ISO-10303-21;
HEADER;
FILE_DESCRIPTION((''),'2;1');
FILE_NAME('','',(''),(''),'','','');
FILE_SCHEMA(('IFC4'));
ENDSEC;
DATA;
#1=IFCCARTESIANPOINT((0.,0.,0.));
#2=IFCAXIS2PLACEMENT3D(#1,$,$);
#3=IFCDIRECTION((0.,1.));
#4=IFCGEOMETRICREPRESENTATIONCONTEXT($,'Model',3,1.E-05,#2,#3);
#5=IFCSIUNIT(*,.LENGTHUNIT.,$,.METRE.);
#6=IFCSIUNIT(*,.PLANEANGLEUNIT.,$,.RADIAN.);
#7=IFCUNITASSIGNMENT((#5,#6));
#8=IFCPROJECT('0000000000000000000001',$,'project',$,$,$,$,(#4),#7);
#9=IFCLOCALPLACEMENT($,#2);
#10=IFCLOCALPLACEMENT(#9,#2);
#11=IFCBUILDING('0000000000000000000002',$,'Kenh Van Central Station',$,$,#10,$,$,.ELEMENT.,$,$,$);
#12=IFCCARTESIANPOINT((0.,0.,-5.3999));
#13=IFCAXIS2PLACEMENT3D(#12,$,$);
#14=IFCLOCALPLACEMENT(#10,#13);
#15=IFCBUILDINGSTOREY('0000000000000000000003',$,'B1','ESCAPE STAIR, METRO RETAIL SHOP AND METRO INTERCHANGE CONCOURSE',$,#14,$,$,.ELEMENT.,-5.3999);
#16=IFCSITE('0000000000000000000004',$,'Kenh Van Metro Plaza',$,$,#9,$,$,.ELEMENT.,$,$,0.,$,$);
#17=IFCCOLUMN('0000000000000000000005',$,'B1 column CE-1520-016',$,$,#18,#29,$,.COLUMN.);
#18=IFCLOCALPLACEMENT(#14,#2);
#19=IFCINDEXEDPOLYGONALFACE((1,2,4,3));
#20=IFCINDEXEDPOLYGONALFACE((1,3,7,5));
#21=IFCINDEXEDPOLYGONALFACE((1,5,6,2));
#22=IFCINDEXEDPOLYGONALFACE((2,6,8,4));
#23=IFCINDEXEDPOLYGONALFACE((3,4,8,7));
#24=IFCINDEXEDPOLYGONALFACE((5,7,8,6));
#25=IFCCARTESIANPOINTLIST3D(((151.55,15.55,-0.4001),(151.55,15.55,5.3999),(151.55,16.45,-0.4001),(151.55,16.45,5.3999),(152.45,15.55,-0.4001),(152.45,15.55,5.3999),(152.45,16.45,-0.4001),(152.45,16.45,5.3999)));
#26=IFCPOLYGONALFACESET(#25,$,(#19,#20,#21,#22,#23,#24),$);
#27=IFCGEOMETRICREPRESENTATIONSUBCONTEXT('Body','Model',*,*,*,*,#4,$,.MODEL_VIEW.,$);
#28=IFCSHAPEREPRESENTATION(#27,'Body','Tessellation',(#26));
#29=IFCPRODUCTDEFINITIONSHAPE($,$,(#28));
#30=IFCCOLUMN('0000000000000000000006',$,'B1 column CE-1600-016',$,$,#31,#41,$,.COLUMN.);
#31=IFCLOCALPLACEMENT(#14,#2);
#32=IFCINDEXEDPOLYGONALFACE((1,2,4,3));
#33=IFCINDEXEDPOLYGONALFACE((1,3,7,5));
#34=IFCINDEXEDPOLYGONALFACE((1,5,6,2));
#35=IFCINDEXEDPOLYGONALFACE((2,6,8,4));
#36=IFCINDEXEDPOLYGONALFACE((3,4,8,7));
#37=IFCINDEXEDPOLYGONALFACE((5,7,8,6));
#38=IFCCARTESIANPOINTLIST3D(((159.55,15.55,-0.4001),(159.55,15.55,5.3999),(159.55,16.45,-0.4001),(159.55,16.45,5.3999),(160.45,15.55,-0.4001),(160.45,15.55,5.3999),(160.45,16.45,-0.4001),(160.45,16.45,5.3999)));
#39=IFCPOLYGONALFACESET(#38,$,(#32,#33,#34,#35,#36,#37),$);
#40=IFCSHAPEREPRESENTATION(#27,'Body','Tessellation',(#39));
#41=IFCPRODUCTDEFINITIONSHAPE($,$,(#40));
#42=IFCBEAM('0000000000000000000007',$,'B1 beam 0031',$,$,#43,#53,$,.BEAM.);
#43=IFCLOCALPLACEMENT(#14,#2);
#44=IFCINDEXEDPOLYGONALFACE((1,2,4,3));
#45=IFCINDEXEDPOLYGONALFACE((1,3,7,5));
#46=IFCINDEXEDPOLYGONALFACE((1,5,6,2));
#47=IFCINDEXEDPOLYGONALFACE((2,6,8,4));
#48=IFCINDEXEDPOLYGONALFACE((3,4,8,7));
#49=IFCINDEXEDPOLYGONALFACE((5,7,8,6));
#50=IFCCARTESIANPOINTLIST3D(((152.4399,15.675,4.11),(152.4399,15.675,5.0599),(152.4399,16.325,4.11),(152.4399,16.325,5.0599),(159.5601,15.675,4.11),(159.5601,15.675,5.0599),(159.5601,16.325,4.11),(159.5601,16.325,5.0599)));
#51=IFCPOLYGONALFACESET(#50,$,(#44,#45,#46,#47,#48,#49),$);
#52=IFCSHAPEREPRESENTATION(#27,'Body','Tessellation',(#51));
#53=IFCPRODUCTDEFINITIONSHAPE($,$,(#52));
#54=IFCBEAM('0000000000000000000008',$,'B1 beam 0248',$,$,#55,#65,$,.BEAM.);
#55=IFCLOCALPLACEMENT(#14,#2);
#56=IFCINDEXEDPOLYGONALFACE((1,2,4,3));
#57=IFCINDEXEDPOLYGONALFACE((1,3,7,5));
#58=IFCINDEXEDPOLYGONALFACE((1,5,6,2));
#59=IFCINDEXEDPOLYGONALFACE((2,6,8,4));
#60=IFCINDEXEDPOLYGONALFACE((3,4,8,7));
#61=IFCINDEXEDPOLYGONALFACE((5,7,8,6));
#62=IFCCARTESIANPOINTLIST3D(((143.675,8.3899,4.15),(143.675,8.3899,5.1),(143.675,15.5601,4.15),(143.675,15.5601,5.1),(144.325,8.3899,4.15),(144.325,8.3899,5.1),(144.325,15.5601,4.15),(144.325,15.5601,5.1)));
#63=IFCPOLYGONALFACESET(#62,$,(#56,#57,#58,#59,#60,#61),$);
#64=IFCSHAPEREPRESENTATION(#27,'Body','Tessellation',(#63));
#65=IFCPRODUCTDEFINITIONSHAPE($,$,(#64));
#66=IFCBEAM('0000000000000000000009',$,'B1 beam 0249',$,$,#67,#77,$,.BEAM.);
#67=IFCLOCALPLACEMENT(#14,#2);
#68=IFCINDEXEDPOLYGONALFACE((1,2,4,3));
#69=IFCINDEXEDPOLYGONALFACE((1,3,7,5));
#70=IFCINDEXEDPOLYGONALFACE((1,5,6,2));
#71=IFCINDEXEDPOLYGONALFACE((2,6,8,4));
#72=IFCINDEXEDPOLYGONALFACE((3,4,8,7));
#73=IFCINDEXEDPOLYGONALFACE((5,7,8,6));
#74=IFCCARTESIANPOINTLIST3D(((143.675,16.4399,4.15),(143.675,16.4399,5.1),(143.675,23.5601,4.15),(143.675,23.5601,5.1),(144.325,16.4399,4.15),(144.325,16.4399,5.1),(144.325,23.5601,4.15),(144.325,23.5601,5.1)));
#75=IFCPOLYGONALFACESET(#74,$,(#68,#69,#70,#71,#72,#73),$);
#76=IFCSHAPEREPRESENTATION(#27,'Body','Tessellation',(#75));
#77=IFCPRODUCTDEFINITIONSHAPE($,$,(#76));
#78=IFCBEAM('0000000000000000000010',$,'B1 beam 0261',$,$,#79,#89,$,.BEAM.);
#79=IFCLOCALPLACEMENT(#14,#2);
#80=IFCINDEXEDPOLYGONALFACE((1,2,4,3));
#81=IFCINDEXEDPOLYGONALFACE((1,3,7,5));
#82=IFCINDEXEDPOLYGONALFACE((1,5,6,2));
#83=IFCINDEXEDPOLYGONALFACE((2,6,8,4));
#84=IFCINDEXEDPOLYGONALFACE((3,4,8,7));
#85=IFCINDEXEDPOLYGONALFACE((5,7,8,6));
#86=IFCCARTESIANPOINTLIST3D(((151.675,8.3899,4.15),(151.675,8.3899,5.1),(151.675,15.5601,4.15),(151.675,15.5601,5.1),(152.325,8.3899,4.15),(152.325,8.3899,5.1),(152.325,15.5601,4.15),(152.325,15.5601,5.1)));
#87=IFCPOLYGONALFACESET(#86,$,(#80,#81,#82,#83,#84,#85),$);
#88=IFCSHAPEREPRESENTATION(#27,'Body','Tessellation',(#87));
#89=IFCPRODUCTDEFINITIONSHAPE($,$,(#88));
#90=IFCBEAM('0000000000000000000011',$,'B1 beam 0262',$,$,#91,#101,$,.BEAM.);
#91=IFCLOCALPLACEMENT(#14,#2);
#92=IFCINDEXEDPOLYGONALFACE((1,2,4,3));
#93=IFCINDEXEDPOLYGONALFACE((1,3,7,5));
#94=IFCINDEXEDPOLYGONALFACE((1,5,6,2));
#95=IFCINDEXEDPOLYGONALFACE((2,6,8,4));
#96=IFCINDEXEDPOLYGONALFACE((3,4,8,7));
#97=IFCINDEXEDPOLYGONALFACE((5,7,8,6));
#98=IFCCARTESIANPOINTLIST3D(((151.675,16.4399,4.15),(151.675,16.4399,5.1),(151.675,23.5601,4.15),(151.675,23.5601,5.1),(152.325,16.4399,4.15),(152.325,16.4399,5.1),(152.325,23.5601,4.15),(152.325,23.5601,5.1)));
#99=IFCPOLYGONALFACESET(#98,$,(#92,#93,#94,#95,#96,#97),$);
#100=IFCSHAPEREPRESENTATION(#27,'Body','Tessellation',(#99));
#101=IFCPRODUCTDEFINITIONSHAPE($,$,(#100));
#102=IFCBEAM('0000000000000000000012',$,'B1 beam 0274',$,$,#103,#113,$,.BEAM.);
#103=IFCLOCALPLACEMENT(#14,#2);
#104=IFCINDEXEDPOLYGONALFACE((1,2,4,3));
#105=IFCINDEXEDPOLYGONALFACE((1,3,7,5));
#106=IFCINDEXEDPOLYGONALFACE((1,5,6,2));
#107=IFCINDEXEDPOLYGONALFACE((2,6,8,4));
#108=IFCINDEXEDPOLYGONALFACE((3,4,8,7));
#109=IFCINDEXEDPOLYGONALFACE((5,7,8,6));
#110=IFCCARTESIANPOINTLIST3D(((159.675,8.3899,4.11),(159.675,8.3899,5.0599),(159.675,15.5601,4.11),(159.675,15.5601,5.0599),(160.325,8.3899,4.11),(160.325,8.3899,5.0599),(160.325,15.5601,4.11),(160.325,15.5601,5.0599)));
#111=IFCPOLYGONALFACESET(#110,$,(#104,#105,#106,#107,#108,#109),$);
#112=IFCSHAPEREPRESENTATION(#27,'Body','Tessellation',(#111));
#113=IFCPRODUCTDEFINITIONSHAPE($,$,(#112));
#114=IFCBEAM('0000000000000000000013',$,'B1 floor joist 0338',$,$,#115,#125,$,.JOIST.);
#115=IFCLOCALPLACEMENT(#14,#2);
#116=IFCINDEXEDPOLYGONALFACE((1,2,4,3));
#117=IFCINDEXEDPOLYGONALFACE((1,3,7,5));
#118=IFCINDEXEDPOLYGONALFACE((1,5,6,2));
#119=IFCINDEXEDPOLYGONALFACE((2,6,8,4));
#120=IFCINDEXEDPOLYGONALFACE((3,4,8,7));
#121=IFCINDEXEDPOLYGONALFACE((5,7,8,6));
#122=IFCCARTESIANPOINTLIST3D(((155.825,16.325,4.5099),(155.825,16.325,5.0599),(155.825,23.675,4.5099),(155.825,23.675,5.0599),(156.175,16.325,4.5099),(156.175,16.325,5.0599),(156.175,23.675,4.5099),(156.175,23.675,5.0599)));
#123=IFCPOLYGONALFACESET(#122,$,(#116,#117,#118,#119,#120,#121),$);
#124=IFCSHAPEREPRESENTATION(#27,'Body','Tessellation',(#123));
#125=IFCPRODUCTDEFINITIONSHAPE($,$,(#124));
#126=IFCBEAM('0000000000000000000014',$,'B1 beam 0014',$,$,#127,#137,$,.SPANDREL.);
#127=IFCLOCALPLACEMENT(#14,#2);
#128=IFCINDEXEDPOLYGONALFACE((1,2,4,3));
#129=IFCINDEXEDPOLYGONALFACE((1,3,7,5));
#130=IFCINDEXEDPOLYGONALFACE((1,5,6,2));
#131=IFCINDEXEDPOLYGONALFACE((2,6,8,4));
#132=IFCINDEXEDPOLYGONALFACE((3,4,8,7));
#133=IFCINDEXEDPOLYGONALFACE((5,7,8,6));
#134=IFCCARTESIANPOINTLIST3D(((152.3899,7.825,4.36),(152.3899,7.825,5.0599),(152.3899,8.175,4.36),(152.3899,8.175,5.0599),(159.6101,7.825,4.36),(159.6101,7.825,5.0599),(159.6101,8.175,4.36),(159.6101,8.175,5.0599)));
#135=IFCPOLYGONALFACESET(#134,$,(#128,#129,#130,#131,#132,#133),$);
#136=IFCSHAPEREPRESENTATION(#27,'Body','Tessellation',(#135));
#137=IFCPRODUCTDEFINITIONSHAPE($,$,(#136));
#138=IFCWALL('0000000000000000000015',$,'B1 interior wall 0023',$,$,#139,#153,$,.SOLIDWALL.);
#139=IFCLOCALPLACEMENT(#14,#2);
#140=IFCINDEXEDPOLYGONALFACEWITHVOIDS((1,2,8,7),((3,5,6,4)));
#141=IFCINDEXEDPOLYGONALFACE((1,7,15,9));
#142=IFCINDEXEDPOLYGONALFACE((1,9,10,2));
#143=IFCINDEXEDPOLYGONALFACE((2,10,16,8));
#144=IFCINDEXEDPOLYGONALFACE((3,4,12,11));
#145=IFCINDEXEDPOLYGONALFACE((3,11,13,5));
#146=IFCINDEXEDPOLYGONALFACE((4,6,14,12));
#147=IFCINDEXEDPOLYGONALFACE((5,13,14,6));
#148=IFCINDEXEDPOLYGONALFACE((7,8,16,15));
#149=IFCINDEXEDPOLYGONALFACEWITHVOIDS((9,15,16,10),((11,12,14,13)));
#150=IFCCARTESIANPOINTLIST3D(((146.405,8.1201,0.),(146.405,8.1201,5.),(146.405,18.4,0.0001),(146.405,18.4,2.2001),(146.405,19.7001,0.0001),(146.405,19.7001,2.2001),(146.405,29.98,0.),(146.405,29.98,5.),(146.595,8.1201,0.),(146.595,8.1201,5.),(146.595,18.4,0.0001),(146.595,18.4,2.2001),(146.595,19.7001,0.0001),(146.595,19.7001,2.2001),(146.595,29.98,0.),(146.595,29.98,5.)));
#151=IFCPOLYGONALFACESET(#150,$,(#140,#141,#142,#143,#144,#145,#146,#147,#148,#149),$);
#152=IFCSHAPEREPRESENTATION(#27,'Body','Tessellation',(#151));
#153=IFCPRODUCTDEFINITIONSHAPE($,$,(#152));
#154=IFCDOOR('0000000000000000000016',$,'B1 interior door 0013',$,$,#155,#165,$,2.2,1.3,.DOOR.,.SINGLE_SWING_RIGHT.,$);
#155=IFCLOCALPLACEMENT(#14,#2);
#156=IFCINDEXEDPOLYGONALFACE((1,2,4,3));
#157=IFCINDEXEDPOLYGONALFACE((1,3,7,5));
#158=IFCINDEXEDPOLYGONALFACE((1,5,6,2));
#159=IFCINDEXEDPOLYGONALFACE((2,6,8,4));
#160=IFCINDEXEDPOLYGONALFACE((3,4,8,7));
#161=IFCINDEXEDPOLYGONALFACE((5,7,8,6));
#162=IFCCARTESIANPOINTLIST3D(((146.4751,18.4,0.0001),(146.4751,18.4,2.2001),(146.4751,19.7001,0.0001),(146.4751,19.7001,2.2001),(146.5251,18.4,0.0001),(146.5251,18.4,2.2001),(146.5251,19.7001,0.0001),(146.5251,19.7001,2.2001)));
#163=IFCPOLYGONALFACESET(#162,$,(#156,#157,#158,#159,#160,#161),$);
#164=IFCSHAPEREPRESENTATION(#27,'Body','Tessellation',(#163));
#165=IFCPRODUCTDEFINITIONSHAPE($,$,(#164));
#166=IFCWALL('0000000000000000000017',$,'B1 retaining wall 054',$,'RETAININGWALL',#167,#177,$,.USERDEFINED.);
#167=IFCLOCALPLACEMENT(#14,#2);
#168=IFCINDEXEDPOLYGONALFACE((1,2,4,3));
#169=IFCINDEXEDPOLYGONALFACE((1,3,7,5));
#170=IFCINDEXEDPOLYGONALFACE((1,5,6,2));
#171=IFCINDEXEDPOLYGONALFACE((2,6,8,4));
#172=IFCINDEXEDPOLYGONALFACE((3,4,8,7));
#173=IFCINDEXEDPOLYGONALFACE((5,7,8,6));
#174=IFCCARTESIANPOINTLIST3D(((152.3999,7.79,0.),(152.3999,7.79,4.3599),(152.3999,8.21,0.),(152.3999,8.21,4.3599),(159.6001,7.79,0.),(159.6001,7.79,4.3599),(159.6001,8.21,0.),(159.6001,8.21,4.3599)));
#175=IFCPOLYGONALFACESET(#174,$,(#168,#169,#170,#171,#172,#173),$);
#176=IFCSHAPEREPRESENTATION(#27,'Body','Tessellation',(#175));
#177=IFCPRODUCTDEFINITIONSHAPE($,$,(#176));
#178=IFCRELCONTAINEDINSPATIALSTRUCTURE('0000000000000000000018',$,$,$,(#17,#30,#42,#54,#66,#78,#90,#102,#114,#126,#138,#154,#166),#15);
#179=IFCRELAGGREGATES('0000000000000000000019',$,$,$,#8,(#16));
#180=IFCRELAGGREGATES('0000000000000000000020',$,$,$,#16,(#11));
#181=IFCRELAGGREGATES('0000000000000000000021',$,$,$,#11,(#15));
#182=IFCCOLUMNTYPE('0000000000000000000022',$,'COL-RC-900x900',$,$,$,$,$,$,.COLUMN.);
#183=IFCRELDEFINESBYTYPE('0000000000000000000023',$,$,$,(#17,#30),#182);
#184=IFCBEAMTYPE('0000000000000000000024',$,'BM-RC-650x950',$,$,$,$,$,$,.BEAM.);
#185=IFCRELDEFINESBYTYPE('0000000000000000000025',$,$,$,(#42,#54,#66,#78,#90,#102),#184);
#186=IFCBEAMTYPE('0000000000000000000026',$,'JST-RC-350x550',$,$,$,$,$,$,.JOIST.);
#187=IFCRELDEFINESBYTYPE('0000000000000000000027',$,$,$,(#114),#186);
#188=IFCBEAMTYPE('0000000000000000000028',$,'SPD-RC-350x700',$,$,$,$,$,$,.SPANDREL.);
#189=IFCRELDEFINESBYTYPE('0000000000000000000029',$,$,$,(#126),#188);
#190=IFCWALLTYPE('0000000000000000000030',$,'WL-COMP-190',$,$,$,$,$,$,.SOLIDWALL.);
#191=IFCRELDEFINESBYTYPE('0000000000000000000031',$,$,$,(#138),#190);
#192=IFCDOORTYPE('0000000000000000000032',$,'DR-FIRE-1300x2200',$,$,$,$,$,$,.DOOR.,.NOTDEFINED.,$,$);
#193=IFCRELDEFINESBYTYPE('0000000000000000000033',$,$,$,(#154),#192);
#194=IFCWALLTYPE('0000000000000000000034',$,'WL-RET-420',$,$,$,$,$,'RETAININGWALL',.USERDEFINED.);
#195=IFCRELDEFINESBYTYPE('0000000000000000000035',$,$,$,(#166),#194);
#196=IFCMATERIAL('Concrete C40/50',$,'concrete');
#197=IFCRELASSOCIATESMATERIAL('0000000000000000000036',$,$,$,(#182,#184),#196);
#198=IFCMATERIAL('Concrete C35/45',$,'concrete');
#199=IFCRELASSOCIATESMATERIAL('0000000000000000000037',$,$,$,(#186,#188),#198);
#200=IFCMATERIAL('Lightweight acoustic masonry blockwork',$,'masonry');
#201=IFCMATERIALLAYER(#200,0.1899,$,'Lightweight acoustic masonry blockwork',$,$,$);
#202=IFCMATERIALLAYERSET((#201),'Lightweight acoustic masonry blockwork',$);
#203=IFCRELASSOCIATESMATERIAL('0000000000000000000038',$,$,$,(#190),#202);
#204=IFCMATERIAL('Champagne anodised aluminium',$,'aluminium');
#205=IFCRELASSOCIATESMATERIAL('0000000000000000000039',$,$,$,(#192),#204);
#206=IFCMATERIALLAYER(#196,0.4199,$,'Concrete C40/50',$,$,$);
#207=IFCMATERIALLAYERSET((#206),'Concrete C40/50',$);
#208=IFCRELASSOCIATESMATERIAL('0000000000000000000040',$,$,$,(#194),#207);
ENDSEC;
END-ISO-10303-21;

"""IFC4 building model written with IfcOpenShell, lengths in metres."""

from ifc_helpers import new_model, si_unit, direction, frame, frame_2d, origin, origin_2d, place, context, subcontext, project, spatial, rectangle, extrude, material, layer, layer_set, material_profile, profile_set, type_object, element, fill, save


model = new_model("IFC4")

# Units and contexts
model_context = context("Model", 3, precision=1e-05, world=origin(), true_north=direction((0.0, 1.0)))
body_context = subcontext(model_context, "Body", "Model", "MODEL_VIEW")
ifc_project = project(units=[si_unit("LENGTHUNIT", "METRE"), si_unit("PLANEANGLEUNIT", "RADIAN")], contexts=[model_context])

# Site, building, storey
site_placement = place(None, origin())
site = spatial("IfcSite", under=ifc_project, at=site_placement, Name="Kenh Van Metro Plaza", CompositionType="ELEMENT", RefElevation=0.0)
building_placement = place(site_placement, origin())
building = spatial("IfcBuilding", under=site, at=building_placement, Name="Kenh Van Central Station", CompositionType="ELEMENT")
storey_placement = place(building_placement, frame((0.0, 0.0, -5.3999)))
storey = spatial("IfcBuildingStorey", under=building, at=storey_placement, Name="B1", Description="ESCAPE STAIR, METRO RETAIL SHOP AND METRO INTERCHANGE CONCOURSE", CompositionType="ELEMENT", Elevation=-5.3999)

# Shared definitions
ifc_material_1 = material(Name="Concrete C40/50", Category="concrete")

# Columns
ifc_material_profile_1 = material_profile(ifc_material_1, rectangle(XDim=0.8999, YDim=0.8999, at=origin_2d()), Name="RC 900x900")
ifc_profile_set_1 = profile_set([ifc_material_profile_1], Name="Concrete C40/50")
column_type_1 = type_object("IfcColumnType", Name="COL-RC-900x900", PredefinedType="COLUMN", material=ifc_profile_set_1)
for number, where, z_axis, x_axis, name in (
    (1, (152.0, 16.0, -0.4001), (0.0, 0.0, 1.0), (1.0, 0.0, 0.0), "B1 column CE-1520-016"),
    (2, (160.0, 16.0, -0.4001), (0.0, 0.0, 1.0), (1.0, 0.0, 0.0), "B1 column CE-1600-016"),
):
    element("IfcColumn", number, at=place(storey_placement, frame(where, z_axis=z_axis, x_axis=x_axis)), inside=storey, type_object=column_type_1, Name=name, PredefinedType="COLUMN", context=body_context, shape_type="SweptSolid", body=[
        extrude(rectangle(XDim=0.8999, YDim=0.8999, at=origin_2d()), origin(), (0.0, 0.0, 1.0), 5.8),
    ])

# Beams
ifc_material_profile_2 = material_profile(ifc_material_1, rectangle(XDim=0.6499, YDim=0.95, at=origin_2d()), Name="RC 650x950")
ifc_profile_set_2 = profile_set([ifc_material_profile_2], Name="Concrete C40/50")
beam_type_1 = type_object("IfcBeamType", Name="BM-RC-650x950", PredefinedType="BEAM", material=ifc_profile_set_2)
beam_1_placement = place(storey_placement, frame((152.4399, 16.0, 4.585), z_axis=(1.0, 0.0, 0.0), x_axis=(0.0, 1.0, 0.0)))
element("IfcBeam", 3, at=beam_1_placement, inside=storey, type_object=beam_type_1, Name="B1 beam 0031", PredefinedType="BEAM", context=body_context, shape_type="SweptSolid", body=[
    extrude(rectangle(XDim=0.6499, YDim=0.95, at=origin_2d()), origin(), (0.0, 0.0, 1.0), 7.1201),
])
beam_2_placement = place(storey_placement, frame((144.0, 8.3899, 4.625), z_axis=(0.0, 1.0, 0.0), x_axis=(-1.0, 0.0, 0.0)))
element("IfcBeam", 4, at=beam_2_placement, inside=storey, type_object=beam_type_1, Name="B1 beam 0248", PredefinedType="BEAM", context=body_context, shape_type="SweptSolid", body=[
    extrude(rectangle(XDim=0.6499, YDim=0.95, at=origin_2d()), origin(), (0.0, 0.0, 1.0), 7.1702),
])
beam_3_placement = place(storey_placement, frame((144.0, 16.4399, 4.625), z_axis=(0.0, 1.0, 0.0), x_axis=(-1.0, 0.0, 0.0)))
element("IfcBeam", 5, at=beam_3_placement, inside=storey, type_object=beam_type_1, Name="B1 beam 0249", PredefinedType="BEAM", context=body_context, shape_type="SweptSolid", body=[
    extrude(rectangle(XDim=0.6499, YDim=0.95, at=origin_2d()), origin(), (0.0, 0.0, 1.0), 7.1201),
])
beam_4_placement = place(storey_placement, frame((152.0, 8.3899, 4.625), z_axis=(0.0, 1.0, 0.0), x_axis=(-1.0, 0.0, 0.0)))
element("IfcBeam", 6, at=beam_4_placement, inside=storey, type_object=beam_type_1, Name="B1 beam 0261", PredefinedType="BEAM", context=body_context, shape_type="SweptSolid", body=[
    extrude(rectangle(XDim=0.6499, YDim=0.95, at=origin_2d()), origin(), (0.0, 0.0, 1.0), 7.1702),
])
beam_5_placement = place(storey_placement, frame((152.0, 16.4399, 4.625), z_axis=(0.0, 1.0, 0.0), x_axis=(-1.0, 0.0, 0.0)))
element("IfcBeam", 7, at=beam_5_placement, inside=storey, type_object=beam_type_1, Name="B1 beam 0262", PredefinedType="BEAM", context=body_context, shape_type="SweptSolid", body=[
    extrude(rectangle(XDim=0.6499, YDim=0.95, at=origin_2d()), origin(), (0.0, 0.0, 1.0), 7.1201),
])
beam_6_placement = place(storey_placement, frame((160.0, 8.3899, 4.585), z_axis=(0.0, 1.0, 0.0), x_axis=(-1.0, 0.0, 0.0)))
element("IfcBeam", 8, at=beam_6_placement, inside=storey, type_object=beam_type_1, Name="B1 beam 0274", PredefinedType="BEAM", context=body_context, shape_type="SweptSolid", body=[
    extrude(rectangle(XDim=0.6499, YDim=0.95, at=origin_2d()), origin(), (0.0, 0.0, 1.0), 7.1702),
])
ifc_material_2 = material(Name="Concrete C35/45", Category="concrete")
ifc_material_profile_3 = material_profile(ifc_material_2, rectangle(XDim=0.3501, YDim=0.55, at=origin_2d()), Name="RC 350x550")
ifc_profile_set_3 = profile_set([ifc_material_profile_3], Name="Concrete C35/45")
beam_type_2 = type_object("IfcBeamType", Name="JST-RC-350x550", PredefinedType="JOIST", material=ifc_profile_set_3)
beam_7_placement = place(storey_placement, frame((156.0, 16.325, 4.7849), z_axis=(0.0, 1.0, 0.0), x_axis=(-1.0, 0.0, 0.0)))
element("IfcBeam", 9, at=beam_7_placement, inside=storey, type_object=beam_type_2, Name="B1 floor joist 0338", PredefinedType="JOIST", context=body_context, shape_type="SweptSolid", body=[
    extrude(rectangle(XDim=0.3501, YDim=0.55, at=origin_2d()), origin(), (0.0, 0.0, 1.0), 7.3501),
])
ifc_material_profile_4 = material_profile(ifc_material_2, rectangle(XDim=0.3501, YDim=0.7, at=origin_2d()), Name="RC 350x700")
ifc_profile_set_4 = profile_set([ifc_material_profile_4], Name="Concrete C35/45")
beam_type_3 = type_object("IfcBeamType", Name="SPD-RC-350x700", PredefinedType="SPANDREL", material=ifc_profile_set_4)
beam_8_placement = place(storey_placement, frame((152.3899, 8.0, 4.71), z_axis=(1.0, 0.0, 0.0), x_axis=(0.0, 1.0, 0.0)))
element("IfcBeam", 10, at=beam_8_placement, inside=storey, type_object=beam_type_3, Name="B1 beam 0014", PredefinedType="SPANDREL", context=body_context, shape_type="SweptSolid", body=[
    extrude(rectangle(XDim=0.3501, YDim=0.7, at=origin_2d()), origin(), (0.0, 0.0, 1.0), 7.2202),
])

# Wall, opening, door
ifc_material_3 = material(Name="Lightweight acoustic masonry blockwork", Category="masonry")
ifc_layer_1 = layer(ifc_material_3, 0.1899, Name="Lightweight acoustic masonry blockwork")
ifc_layer_set_1 = layer_set([ifc_layer_1], Name="Lightweight acoustic masonry blockwork")
wall_type_1 = type_object("IfcWallType", Name="WL-COMP-190", PredefinedType="SOLIDWALL", material=ifc_layer_set_1)
wall_1_placement = place(storey_placement, frame((146.5, 8.1201, 0.0), z_axis=(0.0, 0.0, 1.0), x_axis=(0.0, 1.0, 0.0)))
wall_1 = element("IfcWall", 11, at=wall_1_placement, inside=storey, type_object=wall_type_1, Name="B1 interior wall 0023", PredefinedType="SOLIDWALL", context=body_context, shape_type="SweptSolid", body=[
    extrude(rectangle(XDim=21.8599, YDim=0.1899, at=frame_2d((10.9299, 0.0))), origin(), (0.0, 0.0, 1.0), 5.0),
])
opening_placement = place(wall_1_placement, frame((10.28, 0.0, 0.0)))
opening = element("IfcOpeningElement", 12, at=opening_placement, cuts=wall_1, PredefinedType="OPENING", context=body_context, shape_type="SweptSolid", body=[
    extrude(rectangle(XDim=1.3, YDim=2.2, at=frame_2d((0.6499, 1.1001))), frame((0.0, 0.105, 0.0), z_axis=(0.0, -1.0, 0.0), x_axis=(1.0, 0.0, 0.0)), (0.0, 0.0, 1.0), 0.21),
])
ifc_material_4 = material(Name="Champagne anodised aluminium", Category="aluminium")
door_type = type_object("IfcDoorType", Name="DR-FIRE-1300x2200", OperationType="NOTDEFINED", PredefinedType="DOOR", material=ifc_material_4)
door_placement = place(opening_placement, origin())
door = element("IfcDoor", 13, at=door_placement, inside=storey, type_object=door_type, Name="B1 interior door 0013", OperationType="SINGLE_SWING_RIGHT", OverallHeight=2.2, OverallWidth=1.3, PredefinedType="DOOR", context=body_context, shape_type="SweptSolid", body=[
    extrude(rectangle(XDim=1.3, YDim=2.2, at=frame_2d((0.6499, 1.1001))), frame((0.0, 0.0249, 0.0), z_axis=(0.0, -1.0, 0.0), x_axis=(1.0, 0.0, 0.0)), (0.0, 0.0, 1.0), 0.05),
])
fill(opening, door)

# Wall
ifc_layer_2 = layer(ifc_material_1, 0.4199, Name="Concrete C40/50")
ifc_layer_set_2 = layer_set([ifc_layer_2], Name="Concrete C40/50")
wall_type_2 = type_object("IfcWallType", Name="WL-RET-420", ElementType="RETAININGWALL", PredefinedType="USERDEFINED", material=ifc_layer_set_2)
wall_2_placement = place(storey_placement, frame((152.3999, 8.0, 0.0), z_axis=(0.0, 0.0, 1.0), x_axis=(1.0, 0.0, 0.0)))
element("IfcWall", 14, at=wall_2_placement, inside=storey, type_object=wall_type_2, Name="B1 retaining wall 054", ObjectType="RETAININGWALL", PredefinedType="USERDEFINED", context=body_context, shape_type="SweptSolid", body=[
    extrude(rectangle(XDim=7.2002, YDim=0.4199, at=frame_2d((3.6001, 0.0))), origin(), (0.0, 0.0, 1.0), 4.3599),
])

save(model, "model.ifc")
